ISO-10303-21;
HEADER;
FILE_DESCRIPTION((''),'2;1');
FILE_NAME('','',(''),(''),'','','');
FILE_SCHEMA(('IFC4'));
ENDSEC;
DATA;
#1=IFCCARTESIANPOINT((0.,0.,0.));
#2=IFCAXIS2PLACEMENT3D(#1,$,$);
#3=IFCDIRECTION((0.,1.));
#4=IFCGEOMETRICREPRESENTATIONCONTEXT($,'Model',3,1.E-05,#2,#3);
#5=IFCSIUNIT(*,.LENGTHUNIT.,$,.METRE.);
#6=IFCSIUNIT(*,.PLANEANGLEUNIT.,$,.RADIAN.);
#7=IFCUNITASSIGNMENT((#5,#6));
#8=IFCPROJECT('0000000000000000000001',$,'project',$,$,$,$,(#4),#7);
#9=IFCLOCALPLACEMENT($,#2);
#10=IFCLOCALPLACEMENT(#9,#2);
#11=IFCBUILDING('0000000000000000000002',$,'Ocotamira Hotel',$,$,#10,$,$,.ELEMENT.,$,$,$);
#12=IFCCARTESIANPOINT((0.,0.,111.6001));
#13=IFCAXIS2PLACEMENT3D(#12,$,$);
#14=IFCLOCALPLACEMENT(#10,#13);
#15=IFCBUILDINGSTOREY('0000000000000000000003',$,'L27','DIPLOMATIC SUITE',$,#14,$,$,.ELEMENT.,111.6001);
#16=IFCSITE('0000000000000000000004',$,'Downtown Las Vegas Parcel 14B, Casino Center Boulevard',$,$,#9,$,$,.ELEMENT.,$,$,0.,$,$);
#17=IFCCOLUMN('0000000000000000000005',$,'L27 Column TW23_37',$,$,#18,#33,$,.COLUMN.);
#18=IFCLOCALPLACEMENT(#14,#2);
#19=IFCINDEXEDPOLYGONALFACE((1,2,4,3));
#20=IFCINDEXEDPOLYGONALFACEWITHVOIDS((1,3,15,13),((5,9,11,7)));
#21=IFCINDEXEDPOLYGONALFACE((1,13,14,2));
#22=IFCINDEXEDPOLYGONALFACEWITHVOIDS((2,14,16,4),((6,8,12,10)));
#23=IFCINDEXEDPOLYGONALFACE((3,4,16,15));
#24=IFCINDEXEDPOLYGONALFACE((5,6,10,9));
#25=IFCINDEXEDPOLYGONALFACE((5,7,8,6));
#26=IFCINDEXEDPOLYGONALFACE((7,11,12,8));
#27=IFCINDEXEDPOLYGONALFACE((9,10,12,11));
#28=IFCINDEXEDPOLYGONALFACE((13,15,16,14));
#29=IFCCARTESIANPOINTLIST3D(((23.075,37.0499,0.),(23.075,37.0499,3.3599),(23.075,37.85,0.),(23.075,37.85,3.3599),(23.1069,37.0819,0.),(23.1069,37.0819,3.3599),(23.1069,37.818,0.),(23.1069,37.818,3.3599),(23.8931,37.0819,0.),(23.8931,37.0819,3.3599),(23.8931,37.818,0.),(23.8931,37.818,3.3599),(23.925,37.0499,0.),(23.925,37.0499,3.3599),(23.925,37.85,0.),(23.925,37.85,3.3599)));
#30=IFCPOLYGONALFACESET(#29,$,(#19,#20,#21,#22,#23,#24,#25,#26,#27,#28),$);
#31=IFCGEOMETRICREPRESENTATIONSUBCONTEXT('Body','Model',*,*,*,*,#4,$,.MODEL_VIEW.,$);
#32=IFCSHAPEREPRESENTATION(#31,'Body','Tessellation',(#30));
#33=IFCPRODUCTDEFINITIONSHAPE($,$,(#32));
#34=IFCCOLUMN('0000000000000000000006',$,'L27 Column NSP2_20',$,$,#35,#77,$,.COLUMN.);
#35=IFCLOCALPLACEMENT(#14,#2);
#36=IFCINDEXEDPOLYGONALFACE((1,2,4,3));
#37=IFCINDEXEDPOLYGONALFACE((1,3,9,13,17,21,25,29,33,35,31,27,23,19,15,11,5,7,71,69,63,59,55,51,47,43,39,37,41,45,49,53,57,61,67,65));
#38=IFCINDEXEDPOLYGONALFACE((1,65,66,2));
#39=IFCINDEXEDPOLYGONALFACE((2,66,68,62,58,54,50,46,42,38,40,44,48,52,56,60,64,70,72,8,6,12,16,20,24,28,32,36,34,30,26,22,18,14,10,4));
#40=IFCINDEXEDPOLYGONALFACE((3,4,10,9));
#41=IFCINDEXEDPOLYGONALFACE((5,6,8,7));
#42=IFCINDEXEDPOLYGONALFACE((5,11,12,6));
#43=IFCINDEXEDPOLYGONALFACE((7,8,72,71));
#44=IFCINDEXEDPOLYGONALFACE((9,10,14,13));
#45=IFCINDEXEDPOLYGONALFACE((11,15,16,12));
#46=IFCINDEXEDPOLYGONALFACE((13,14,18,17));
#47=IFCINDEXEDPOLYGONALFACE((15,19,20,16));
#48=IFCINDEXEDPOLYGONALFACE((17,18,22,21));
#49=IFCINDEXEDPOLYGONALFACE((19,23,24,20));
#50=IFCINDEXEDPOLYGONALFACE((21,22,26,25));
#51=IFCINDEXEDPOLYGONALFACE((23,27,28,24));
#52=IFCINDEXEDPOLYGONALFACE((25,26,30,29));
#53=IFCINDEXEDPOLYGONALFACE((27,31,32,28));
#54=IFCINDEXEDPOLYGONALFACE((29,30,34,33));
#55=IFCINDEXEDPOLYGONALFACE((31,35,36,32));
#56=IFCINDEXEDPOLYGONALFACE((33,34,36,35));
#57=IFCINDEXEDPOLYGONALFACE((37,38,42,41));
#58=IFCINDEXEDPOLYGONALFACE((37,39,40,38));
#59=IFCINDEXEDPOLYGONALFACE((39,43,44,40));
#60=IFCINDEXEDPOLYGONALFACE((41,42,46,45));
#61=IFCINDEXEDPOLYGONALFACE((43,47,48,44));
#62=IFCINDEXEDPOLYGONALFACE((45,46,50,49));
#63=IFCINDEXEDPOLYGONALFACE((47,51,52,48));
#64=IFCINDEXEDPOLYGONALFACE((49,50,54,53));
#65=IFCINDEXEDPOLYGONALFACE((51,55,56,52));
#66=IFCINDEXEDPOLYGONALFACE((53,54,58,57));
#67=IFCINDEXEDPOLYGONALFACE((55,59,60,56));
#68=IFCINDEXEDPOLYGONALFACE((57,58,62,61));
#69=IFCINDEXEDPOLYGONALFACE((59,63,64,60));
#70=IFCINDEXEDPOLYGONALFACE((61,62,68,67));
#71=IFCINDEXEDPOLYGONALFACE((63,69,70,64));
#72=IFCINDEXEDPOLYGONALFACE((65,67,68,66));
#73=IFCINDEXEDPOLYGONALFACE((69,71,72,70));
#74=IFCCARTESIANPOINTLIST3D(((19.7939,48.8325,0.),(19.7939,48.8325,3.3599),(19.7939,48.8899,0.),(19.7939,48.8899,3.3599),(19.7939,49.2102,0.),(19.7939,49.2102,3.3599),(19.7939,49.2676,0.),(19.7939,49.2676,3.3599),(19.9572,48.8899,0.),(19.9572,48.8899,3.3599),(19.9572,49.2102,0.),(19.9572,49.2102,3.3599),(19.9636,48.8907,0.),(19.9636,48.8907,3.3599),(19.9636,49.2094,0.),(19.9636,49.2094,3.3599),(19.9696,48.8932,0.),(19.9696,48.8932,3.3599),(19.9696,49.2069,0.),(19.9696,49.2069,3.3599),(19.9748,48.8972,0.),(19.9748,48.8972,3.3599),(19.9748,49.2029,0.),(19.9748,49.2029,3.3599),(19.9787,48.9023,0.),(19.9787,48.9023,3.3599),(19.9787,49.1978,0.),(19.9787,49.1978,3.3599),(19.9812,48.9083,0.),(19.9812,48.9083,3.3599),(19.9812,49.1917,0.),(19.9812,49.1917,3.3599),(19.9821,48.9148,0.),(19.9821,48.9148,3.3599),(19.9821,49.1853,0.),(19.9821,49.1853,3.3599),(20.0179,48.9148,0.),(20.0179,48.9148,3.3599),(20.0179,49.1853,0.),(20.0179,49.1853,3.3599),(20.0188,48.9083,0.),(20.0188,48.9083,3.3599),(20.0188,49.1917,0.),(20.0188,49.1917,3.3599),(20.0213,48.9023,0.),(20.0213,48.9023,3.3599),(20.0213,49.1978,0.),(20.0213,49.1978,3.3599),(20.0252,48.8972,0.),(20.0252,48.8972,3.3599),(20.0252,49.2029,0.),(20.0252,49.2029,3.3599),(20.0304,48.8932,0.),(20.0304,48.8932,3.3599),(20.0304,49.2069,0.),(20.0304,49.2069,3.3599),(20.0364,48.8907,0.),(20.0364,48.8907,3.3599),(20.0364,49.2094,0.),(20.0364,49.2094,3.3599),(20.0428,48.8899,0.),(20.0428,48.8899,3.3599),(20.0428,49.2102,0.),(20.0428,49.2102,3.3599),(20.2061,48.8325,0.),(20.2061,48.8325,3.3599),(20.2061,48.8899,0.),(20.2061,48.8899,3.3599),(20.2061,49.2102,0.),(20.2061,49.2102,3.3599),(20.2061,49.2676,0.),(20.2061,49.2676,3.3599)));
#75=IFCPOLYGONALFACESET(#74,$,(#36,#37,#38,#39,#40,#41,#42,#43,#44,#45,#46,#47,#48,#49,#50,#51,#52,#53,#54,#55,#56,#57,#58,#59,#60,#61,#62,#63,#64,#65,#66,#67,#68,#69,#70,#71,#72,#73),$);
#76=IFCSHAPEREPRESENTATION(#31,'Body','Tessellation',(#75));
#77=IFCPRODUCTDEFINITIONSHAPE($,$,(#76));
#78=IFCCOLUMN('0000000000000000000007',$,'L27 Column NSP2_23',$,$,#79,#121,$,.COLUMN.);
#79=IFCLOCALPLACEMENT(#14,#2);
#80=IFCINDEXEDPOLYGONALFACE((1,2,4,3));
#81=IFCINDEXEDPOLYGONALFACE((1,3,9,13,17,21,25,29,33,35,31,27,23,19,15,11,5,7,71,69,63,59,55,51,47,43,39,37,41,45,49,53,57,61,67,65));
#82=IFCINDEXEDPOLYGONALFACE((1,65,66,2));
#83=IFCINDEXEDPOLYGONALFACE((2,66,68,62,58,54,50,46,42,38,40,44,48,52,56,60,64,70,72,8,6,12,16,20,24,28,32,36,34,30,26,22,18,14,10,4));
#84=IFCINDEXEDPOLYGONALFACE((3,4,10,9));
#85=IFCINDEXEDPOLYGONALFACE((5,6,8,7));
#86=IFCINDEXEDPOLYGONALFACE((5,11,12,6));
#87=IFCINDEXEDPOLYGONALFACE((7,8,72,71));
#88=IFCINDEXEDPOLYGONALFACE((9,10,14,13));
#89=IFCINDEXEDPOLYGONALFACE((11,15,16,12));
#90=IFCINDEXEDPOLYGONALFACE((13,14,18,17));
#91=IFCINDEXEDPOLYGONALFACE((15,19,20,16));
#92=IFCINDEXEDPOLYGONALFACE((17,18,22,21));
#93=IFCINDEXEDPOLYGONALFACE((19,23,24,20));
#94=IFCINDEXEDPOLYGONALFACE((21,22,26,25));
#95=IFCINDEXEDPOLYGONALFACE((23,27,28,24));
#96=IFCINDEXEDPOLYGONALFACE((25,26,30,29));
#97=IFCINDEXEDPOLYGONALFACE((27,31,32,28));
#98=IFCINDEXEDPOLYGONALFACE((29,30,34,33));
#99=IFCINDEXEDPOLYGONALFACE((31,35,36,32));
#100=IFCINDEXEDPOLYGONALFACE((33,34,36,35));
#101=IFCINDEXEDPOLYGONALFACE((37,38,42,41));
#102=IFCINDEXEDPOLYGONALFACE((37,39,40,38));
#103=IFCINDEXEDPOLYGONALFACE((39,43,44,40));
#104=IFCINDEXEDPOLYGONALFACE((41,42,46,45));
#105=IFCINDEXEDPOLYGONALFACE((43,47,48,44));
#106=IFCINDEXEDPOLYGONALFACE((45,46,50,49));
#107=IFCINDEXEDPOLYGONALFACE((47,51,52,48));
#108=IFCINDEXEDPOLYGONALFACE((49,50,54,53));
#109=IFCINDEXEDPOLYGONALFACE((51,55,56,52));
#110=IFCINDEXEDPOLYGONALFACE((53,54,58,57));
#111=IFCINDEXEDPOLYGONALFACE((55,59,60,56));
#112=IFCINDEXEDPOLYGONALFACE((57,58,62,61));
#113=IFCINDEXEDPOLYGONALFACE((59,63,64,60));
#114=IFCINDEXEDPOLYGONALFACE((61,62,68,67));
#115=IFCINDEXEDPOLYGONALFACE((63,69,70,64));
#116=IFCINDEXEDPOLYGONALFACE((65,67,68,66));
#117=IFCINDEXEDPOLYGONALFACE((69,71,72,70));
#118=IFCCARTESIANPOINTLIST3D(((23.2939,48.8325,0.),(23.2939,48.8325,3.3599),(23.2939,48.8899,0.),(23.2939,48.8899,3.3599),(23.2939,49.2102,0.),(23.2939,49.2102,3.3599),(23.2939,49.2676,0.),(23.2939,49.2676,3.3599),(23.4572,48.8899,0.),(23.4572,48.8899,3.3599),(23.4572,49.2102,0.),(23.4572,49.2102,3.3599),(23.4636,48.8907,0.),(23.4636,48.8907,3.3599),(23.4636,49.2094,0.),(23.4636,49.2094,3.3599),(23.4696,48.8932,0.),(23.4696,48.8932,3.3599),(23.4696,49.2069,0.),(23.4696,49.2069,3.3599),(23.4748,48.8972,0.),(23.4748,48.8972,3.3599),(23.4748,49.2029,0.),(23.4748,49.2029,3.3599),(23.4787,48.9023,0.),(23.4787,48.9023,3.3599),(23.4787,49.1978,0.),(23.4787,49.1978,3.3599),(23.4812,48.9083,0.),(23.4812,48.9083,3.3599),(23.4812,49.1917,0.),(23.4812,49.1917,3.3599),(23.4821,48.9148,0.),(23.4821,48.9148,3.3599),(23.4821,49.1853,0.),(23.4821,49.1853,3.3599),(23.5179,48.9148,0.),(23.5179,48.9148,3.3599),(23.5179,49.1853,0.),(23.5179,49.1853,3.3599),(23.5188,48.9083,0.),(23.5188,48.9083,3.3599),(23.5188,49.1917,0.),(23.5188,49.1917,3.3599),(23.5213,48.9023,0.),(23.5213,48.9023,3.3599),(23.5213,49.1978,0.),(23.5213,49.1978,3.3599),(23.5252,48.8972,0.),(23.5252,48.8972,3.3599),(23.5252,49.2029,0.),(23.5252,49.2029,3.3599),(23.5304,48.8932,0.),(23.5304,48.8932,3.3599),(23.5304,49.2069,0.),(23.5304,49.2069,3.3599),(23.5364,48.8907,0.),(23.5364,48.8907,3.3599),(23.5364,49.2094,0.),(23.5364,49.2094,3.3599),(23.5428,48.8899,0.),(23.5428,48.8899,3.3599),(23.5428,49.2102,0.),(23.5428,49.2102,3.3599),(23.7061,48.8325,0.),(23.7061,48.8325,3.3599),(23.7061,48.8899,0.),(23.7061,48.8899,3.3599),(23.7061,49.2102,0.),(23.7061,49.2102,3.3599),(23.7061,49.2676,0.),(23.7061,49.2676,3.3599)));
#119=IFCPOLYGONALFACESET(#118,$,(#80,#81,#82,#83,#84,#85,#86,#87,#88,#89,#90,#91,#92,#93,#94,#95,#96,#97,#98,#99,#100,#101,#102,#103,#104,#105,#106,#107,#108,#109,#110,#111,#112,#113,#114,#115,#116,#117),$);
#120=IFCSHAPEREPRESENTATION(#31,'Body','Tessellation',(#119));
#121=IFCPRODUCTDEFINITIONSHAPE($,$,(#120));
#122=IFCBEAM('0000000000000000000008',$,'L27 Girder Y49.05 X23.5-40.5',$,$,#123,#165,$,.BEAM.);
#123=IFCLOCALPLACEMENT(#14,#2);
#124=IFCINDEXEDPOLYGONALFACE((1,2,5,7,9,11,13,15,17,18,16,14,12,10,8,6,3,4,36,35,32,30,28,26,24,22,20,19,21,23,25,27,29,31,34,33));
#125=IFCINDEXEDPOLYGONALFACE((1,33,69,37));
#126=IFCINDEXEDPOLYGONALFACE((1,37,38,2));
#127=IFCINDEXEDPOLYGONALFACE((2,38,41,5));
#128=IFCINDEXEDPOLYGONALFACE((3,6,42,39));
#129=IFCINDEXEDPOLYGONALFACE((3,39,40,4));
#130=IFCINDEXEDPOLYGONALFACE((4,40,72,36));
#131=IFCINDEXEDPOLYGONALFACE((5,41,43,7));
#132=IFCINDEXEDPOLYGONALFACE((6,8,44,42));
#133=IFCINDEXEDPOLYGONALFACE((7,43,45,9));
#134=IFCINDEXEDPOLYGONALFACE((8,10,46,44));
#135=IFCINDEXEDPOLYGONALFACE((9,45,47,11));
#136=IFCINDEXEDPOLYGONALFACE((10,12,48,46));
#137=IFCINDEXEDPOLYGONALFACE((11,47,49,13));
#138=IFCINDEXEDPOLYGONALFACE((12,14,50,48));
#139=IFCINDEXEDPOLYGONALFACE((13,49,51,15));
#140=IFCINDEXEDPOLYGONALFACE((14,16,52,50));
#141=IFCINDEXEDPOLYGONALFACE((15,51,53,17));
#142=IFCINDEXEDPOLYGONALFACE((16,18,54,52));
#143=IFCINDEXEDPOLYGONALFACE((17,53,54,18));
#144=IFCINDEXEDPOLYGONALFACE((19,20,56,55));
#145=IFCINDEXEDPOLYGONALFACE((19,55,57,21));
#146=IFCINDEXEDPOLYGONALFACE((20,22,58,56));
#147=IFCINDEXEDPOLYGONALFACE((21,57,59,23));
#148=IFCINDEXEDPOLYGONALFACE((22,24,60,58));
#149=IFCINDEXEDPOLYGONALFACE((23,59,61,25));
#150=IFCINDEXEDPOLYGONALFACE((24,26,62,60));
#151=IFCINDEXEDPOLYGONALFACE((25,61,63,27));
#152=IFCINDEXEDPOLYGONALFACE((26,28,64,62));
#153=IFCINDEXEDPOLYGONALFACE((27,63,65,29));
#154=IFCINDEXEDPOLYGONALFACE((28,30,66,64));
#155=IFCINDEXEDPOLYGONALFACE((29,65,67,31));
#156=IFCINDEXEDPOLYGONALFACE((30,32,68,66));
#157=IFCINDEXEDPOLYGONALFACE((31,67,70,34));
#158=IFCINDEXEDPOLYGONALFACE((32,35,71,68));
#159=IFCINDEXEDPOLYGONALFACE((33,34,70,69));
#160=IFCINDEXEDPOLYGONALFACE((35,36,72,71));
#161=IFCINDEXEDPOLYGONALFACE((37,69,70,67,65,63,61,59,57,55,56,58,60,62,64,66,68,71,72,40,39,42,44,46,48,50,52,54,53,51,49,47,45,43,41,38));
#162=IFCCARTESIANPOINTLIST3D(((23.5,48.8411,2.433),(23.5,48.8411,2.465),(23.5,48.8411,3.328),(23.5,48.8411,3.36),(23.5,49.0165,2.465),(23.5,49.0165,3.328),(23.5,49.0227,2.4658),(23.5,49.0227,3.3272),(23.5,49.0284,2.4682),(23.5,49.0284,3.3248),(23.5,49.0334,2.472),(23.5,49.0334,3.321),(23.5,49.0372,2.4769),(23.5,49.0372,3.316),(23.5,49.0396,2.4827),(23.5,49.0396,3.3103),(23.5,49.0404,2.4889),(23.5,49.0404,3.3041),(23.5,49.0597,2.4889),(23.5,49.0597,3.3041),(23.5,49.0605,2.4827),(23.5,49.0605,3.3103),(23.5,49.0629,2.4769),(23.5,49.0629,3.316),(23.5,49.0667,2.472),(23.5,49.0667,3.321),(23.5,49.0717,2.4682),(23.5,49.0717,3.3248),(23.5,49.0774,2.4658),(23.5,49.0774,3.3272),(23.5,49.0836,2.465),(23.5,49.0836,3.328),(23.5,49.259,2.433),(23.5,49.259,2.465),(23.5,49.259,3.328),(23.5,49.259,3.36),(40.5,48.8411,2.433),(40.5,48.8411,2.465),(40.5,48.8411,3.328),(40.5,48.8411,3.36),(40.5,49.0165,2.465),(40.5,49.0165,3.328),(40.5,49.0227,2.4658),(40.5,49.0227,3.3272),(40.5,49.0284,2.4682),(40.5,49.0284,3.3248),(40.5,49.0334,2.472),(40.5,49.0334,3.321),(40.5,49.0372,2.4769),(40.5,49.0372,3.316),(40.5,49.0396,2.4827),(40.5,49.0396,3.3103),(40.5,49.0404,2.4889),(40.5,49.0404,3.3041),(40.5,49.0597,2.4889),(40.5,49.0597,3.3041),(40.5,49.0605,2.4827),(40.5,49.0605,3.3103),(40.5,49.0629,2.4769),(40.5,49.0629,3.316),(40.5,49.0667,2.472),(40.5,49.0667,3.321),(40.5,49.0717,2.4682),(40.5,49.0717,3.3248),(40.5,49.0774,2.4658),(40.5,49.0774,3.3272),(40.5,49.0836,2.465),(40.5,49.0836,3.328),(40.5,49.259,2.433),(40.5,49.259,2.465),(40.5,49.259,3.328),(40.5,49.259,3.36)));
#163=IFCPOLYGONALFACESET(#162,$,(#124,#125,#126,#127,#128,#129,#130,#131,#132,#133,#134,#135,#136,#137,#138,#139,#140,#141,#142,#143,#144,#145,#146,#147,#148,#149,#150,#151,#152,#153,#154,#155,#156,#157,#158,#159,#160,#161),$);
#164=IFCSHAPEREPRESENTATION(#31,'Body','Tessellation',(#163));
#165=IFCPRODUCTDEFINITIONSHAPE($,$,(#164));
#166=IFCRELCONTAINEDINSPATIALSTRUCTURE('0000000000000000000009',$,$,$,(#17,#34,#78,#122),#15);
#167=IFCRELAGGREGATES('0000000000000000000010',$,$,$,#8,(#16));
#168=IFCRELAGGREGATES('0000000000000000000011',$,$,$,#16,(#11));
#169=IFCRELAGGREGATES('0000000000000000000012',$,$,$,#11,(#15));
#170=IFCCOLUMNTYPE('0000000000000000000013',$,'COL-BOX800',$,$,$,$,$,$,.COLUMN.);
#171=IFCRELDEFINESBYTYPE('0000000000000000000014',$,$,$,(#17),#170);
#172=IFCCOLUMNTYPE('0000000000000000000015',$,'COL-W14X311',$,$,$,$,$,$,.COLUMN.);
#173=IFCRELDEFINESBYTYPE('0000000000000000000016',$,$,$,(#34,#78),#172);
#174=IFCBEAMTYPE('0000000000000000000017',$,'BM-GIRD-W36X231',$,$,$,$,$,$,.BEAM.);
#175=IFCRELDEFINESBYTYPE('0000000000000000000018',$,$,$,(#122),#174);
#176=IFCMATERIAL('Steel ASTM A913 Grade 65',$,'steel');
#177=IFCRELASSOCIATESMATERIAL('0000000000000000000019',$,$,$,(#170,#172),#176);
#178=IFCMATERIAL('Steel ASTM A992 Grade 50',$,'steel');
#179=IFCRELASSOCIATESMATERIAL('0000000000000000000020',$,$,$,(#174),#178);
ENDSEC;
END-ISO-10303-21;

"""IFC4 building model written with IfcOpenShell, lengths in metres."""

from ifc_helpers import new_model, si_unit, direction, frame, origin, origin_2d, place, context, subcontext, project, spatial, hollow_rectangle, i_section, extrude, source, transform, mapped, material, material_profile, profile_set, type_object, element, save


model = new_model("IFC4")

# Units and contexts
model_context = context("Model", 3, precision=1e-05, world=origin(), true_north=direction((0.0, 1.0)))
body_context = subcontext(model_context, "Body", "Model", "MODEL_VIEW")
ifc_project = project(units=[si_unit("LENGTHUNIT", "METRE"), si_unit("PLANEANGLEUNIT", "RADIAN")], contexts=[model_context])

# Site, building, storey
site_placement = place(None, origin())
site = spatial("IfcSite", under=ifc_project, at=site_placement, Name="Downtown Las Vegas Parcel 14B, Casino Center Boulevard", CompositionType="ELEMENT", RefElevation=0.0)
building_placement = place(site_placement, origin())
building = spatial("IfcBuilding", under=site, at=building_placement, Name="Ocotamira Hotel", CompositionType="ELEMENT")
storey_placement = place(building_placement, frame((0.0, 0.0, 111.6001)))
storey = spatial("IfcBuildingStorey", under=building, at=storey_placement, Name="L27", Description="DIPLOMATIC SUITE", CompositionType="ELEMENT", Elevation=111.6001)

# Columns
ifc_material_1 = material(Name="Steel ASTM A913 Grade 65", Category="steel")
ifc_material_profile_1 = material_profile(ifc_material_1, hollow_rectangle(XDim=0.8501, YDim=0.8, WallThickness=0.032, at=origin_2d()), Name="BOX800X850X32")
ifc_profile_set_1 = profile_set([ifc_material_profile_1], Name="Steel ASTM A913 Grade 65")
column_type_1 = type_object("IfcColumnType", Name="COL-BOX800", PredefinedType="COLUMN", material=ifc_profile_set_1)
shared_shape_1 = source(origin(), body_context, "Body", "SweptSolid", [
    extrude(hollow_rectangle(XDim=0.8501, YDim=0.8, WallThickness=0.032, at=origin_2d()), origin(), (0.0, 0.0, 1.0), 3.3599),
])
column_placement = place(storey_placement, frame((23.5, 37.45, 0.0), z_axis=(0.0, 0.0, 1.0), x_axis=(1.0, 0.0, 0.0)))
element("IfcColumn", 1, at=column_placement, inside=storey, type_object=column_type_1, Name="L27 Column TW23_37", PredefinedType="COLUMN", context=body_context, shape_type="MappedRepresentation", body=[
    mapped(shared_shape_1, transform((0.0, 0.0, 0.0), scale=1.0)),
])
ifc_material_profile_2 = material_profile(ifc_material_1, i_section(OverallWidth=0.4121, OverallDepth=0.4351, WebThickness=0.0359, FlangeThickness=0.0574, FilletRadius=0.0249, at=origin_2d()), Name="W14X311")
ifc_profile_set_2 = profile_set([ifc_material_profile_2], Name="Steel ASTM A913 Grade 65")
column_type_2 = type_object("IfcColumnType", Name="COL-W14X311", PredefinedType="COLUMN", material=ifc_profile_set_2)
shared_shape_2 = source(origin(), body_context, "Body", "SweptSolid", [
    extrude(i_section(OverallWidth=0.4121, OverallDepth=0.4351, WebThickness=0.0359, FlangeThickness=0.0574, FilletRadius=0.0249, at=origin_2d()), origin(), (0.0, 0.0, 1.0), 3.3599),
])
for number, where, z_axis, x_axis, name in (
    (2, (20.0, 49.05, 0.0), (0.0, 0.0, 1.0), (1.0, 0.0, 0.0), "L27 Column NSP2_20"),
    (3, (23.5, 49.05, 0.0), (0.0, 0.0, 1.0), (1.0, 0.0, 0.0), "L27 Column NSP2_23"),
):
    element("IfcColumn", number, at=place(storey_placement, frame(where, z_axis=z_axis, x_axis=x_axis)), inside=storey, type_object=column_type_2, Name=name, PredefinedType="COLUMN", context=body_context, shape_type="MappedRepresentation", body=[
        mapped(shared_shape_2, transform((0.0, 0.0, 0.0), scale=1.0)),
    ])

# Beam
ifc_material_2 = material(Name="Steel ASTM A992 Grade 50", Category="steel")
ifc_material_profile_3 = material_profile(ifc_material_2, i_section(OverallWidth=0.418, OverallDepth=0.927, WebThickness=0.0193, FlangeThickness=0.032, FilletRadius=0.0239, at=origin_2d()), Name="W36X231")
ifc_profile_set_3 = profile_set([ifc_material_profile_3], Name="Steel ASTM A992 Grade 50")
beam_type_1 = type_object("IfcBeamType", Name="BM-GIRD-W36X231", PredefinedType="BEAM", material=ifc_profile_set_3)
shared_shape_3 = source(origin(), body_context, "Body", "SweptSolid", [
    extrude(i_section(OverallWidth=0.418, OverallDepth=0.927, WebThickness=0.0193, FlangeThickness=0.032, FilletRadius=0.0239, at=origin_2d()), origin(), (0.0, 0.0, 1.0), 17.0),
])
beam_1_placement = place(storey_placement, frame((23.5, 49.05, 2.8965), z_axis=(1.0, 0.0, 0.0), x_axis=(0.0, 1.0, 0.0)))
element("IfcBeam", 4, at=beam_1_placement, inside=storey, type_object=beam_type_1, Name="L27 Girder Y49.05 X23.5-40.5", PredefinedType="BEAM", context=body_context, shape_type="MappedRepresentation", body=[
    mapped(shared_shape_3, transform((0.0, 0.0, 0.0), scale=1.0)),
])

save(model, "model.ifc")
